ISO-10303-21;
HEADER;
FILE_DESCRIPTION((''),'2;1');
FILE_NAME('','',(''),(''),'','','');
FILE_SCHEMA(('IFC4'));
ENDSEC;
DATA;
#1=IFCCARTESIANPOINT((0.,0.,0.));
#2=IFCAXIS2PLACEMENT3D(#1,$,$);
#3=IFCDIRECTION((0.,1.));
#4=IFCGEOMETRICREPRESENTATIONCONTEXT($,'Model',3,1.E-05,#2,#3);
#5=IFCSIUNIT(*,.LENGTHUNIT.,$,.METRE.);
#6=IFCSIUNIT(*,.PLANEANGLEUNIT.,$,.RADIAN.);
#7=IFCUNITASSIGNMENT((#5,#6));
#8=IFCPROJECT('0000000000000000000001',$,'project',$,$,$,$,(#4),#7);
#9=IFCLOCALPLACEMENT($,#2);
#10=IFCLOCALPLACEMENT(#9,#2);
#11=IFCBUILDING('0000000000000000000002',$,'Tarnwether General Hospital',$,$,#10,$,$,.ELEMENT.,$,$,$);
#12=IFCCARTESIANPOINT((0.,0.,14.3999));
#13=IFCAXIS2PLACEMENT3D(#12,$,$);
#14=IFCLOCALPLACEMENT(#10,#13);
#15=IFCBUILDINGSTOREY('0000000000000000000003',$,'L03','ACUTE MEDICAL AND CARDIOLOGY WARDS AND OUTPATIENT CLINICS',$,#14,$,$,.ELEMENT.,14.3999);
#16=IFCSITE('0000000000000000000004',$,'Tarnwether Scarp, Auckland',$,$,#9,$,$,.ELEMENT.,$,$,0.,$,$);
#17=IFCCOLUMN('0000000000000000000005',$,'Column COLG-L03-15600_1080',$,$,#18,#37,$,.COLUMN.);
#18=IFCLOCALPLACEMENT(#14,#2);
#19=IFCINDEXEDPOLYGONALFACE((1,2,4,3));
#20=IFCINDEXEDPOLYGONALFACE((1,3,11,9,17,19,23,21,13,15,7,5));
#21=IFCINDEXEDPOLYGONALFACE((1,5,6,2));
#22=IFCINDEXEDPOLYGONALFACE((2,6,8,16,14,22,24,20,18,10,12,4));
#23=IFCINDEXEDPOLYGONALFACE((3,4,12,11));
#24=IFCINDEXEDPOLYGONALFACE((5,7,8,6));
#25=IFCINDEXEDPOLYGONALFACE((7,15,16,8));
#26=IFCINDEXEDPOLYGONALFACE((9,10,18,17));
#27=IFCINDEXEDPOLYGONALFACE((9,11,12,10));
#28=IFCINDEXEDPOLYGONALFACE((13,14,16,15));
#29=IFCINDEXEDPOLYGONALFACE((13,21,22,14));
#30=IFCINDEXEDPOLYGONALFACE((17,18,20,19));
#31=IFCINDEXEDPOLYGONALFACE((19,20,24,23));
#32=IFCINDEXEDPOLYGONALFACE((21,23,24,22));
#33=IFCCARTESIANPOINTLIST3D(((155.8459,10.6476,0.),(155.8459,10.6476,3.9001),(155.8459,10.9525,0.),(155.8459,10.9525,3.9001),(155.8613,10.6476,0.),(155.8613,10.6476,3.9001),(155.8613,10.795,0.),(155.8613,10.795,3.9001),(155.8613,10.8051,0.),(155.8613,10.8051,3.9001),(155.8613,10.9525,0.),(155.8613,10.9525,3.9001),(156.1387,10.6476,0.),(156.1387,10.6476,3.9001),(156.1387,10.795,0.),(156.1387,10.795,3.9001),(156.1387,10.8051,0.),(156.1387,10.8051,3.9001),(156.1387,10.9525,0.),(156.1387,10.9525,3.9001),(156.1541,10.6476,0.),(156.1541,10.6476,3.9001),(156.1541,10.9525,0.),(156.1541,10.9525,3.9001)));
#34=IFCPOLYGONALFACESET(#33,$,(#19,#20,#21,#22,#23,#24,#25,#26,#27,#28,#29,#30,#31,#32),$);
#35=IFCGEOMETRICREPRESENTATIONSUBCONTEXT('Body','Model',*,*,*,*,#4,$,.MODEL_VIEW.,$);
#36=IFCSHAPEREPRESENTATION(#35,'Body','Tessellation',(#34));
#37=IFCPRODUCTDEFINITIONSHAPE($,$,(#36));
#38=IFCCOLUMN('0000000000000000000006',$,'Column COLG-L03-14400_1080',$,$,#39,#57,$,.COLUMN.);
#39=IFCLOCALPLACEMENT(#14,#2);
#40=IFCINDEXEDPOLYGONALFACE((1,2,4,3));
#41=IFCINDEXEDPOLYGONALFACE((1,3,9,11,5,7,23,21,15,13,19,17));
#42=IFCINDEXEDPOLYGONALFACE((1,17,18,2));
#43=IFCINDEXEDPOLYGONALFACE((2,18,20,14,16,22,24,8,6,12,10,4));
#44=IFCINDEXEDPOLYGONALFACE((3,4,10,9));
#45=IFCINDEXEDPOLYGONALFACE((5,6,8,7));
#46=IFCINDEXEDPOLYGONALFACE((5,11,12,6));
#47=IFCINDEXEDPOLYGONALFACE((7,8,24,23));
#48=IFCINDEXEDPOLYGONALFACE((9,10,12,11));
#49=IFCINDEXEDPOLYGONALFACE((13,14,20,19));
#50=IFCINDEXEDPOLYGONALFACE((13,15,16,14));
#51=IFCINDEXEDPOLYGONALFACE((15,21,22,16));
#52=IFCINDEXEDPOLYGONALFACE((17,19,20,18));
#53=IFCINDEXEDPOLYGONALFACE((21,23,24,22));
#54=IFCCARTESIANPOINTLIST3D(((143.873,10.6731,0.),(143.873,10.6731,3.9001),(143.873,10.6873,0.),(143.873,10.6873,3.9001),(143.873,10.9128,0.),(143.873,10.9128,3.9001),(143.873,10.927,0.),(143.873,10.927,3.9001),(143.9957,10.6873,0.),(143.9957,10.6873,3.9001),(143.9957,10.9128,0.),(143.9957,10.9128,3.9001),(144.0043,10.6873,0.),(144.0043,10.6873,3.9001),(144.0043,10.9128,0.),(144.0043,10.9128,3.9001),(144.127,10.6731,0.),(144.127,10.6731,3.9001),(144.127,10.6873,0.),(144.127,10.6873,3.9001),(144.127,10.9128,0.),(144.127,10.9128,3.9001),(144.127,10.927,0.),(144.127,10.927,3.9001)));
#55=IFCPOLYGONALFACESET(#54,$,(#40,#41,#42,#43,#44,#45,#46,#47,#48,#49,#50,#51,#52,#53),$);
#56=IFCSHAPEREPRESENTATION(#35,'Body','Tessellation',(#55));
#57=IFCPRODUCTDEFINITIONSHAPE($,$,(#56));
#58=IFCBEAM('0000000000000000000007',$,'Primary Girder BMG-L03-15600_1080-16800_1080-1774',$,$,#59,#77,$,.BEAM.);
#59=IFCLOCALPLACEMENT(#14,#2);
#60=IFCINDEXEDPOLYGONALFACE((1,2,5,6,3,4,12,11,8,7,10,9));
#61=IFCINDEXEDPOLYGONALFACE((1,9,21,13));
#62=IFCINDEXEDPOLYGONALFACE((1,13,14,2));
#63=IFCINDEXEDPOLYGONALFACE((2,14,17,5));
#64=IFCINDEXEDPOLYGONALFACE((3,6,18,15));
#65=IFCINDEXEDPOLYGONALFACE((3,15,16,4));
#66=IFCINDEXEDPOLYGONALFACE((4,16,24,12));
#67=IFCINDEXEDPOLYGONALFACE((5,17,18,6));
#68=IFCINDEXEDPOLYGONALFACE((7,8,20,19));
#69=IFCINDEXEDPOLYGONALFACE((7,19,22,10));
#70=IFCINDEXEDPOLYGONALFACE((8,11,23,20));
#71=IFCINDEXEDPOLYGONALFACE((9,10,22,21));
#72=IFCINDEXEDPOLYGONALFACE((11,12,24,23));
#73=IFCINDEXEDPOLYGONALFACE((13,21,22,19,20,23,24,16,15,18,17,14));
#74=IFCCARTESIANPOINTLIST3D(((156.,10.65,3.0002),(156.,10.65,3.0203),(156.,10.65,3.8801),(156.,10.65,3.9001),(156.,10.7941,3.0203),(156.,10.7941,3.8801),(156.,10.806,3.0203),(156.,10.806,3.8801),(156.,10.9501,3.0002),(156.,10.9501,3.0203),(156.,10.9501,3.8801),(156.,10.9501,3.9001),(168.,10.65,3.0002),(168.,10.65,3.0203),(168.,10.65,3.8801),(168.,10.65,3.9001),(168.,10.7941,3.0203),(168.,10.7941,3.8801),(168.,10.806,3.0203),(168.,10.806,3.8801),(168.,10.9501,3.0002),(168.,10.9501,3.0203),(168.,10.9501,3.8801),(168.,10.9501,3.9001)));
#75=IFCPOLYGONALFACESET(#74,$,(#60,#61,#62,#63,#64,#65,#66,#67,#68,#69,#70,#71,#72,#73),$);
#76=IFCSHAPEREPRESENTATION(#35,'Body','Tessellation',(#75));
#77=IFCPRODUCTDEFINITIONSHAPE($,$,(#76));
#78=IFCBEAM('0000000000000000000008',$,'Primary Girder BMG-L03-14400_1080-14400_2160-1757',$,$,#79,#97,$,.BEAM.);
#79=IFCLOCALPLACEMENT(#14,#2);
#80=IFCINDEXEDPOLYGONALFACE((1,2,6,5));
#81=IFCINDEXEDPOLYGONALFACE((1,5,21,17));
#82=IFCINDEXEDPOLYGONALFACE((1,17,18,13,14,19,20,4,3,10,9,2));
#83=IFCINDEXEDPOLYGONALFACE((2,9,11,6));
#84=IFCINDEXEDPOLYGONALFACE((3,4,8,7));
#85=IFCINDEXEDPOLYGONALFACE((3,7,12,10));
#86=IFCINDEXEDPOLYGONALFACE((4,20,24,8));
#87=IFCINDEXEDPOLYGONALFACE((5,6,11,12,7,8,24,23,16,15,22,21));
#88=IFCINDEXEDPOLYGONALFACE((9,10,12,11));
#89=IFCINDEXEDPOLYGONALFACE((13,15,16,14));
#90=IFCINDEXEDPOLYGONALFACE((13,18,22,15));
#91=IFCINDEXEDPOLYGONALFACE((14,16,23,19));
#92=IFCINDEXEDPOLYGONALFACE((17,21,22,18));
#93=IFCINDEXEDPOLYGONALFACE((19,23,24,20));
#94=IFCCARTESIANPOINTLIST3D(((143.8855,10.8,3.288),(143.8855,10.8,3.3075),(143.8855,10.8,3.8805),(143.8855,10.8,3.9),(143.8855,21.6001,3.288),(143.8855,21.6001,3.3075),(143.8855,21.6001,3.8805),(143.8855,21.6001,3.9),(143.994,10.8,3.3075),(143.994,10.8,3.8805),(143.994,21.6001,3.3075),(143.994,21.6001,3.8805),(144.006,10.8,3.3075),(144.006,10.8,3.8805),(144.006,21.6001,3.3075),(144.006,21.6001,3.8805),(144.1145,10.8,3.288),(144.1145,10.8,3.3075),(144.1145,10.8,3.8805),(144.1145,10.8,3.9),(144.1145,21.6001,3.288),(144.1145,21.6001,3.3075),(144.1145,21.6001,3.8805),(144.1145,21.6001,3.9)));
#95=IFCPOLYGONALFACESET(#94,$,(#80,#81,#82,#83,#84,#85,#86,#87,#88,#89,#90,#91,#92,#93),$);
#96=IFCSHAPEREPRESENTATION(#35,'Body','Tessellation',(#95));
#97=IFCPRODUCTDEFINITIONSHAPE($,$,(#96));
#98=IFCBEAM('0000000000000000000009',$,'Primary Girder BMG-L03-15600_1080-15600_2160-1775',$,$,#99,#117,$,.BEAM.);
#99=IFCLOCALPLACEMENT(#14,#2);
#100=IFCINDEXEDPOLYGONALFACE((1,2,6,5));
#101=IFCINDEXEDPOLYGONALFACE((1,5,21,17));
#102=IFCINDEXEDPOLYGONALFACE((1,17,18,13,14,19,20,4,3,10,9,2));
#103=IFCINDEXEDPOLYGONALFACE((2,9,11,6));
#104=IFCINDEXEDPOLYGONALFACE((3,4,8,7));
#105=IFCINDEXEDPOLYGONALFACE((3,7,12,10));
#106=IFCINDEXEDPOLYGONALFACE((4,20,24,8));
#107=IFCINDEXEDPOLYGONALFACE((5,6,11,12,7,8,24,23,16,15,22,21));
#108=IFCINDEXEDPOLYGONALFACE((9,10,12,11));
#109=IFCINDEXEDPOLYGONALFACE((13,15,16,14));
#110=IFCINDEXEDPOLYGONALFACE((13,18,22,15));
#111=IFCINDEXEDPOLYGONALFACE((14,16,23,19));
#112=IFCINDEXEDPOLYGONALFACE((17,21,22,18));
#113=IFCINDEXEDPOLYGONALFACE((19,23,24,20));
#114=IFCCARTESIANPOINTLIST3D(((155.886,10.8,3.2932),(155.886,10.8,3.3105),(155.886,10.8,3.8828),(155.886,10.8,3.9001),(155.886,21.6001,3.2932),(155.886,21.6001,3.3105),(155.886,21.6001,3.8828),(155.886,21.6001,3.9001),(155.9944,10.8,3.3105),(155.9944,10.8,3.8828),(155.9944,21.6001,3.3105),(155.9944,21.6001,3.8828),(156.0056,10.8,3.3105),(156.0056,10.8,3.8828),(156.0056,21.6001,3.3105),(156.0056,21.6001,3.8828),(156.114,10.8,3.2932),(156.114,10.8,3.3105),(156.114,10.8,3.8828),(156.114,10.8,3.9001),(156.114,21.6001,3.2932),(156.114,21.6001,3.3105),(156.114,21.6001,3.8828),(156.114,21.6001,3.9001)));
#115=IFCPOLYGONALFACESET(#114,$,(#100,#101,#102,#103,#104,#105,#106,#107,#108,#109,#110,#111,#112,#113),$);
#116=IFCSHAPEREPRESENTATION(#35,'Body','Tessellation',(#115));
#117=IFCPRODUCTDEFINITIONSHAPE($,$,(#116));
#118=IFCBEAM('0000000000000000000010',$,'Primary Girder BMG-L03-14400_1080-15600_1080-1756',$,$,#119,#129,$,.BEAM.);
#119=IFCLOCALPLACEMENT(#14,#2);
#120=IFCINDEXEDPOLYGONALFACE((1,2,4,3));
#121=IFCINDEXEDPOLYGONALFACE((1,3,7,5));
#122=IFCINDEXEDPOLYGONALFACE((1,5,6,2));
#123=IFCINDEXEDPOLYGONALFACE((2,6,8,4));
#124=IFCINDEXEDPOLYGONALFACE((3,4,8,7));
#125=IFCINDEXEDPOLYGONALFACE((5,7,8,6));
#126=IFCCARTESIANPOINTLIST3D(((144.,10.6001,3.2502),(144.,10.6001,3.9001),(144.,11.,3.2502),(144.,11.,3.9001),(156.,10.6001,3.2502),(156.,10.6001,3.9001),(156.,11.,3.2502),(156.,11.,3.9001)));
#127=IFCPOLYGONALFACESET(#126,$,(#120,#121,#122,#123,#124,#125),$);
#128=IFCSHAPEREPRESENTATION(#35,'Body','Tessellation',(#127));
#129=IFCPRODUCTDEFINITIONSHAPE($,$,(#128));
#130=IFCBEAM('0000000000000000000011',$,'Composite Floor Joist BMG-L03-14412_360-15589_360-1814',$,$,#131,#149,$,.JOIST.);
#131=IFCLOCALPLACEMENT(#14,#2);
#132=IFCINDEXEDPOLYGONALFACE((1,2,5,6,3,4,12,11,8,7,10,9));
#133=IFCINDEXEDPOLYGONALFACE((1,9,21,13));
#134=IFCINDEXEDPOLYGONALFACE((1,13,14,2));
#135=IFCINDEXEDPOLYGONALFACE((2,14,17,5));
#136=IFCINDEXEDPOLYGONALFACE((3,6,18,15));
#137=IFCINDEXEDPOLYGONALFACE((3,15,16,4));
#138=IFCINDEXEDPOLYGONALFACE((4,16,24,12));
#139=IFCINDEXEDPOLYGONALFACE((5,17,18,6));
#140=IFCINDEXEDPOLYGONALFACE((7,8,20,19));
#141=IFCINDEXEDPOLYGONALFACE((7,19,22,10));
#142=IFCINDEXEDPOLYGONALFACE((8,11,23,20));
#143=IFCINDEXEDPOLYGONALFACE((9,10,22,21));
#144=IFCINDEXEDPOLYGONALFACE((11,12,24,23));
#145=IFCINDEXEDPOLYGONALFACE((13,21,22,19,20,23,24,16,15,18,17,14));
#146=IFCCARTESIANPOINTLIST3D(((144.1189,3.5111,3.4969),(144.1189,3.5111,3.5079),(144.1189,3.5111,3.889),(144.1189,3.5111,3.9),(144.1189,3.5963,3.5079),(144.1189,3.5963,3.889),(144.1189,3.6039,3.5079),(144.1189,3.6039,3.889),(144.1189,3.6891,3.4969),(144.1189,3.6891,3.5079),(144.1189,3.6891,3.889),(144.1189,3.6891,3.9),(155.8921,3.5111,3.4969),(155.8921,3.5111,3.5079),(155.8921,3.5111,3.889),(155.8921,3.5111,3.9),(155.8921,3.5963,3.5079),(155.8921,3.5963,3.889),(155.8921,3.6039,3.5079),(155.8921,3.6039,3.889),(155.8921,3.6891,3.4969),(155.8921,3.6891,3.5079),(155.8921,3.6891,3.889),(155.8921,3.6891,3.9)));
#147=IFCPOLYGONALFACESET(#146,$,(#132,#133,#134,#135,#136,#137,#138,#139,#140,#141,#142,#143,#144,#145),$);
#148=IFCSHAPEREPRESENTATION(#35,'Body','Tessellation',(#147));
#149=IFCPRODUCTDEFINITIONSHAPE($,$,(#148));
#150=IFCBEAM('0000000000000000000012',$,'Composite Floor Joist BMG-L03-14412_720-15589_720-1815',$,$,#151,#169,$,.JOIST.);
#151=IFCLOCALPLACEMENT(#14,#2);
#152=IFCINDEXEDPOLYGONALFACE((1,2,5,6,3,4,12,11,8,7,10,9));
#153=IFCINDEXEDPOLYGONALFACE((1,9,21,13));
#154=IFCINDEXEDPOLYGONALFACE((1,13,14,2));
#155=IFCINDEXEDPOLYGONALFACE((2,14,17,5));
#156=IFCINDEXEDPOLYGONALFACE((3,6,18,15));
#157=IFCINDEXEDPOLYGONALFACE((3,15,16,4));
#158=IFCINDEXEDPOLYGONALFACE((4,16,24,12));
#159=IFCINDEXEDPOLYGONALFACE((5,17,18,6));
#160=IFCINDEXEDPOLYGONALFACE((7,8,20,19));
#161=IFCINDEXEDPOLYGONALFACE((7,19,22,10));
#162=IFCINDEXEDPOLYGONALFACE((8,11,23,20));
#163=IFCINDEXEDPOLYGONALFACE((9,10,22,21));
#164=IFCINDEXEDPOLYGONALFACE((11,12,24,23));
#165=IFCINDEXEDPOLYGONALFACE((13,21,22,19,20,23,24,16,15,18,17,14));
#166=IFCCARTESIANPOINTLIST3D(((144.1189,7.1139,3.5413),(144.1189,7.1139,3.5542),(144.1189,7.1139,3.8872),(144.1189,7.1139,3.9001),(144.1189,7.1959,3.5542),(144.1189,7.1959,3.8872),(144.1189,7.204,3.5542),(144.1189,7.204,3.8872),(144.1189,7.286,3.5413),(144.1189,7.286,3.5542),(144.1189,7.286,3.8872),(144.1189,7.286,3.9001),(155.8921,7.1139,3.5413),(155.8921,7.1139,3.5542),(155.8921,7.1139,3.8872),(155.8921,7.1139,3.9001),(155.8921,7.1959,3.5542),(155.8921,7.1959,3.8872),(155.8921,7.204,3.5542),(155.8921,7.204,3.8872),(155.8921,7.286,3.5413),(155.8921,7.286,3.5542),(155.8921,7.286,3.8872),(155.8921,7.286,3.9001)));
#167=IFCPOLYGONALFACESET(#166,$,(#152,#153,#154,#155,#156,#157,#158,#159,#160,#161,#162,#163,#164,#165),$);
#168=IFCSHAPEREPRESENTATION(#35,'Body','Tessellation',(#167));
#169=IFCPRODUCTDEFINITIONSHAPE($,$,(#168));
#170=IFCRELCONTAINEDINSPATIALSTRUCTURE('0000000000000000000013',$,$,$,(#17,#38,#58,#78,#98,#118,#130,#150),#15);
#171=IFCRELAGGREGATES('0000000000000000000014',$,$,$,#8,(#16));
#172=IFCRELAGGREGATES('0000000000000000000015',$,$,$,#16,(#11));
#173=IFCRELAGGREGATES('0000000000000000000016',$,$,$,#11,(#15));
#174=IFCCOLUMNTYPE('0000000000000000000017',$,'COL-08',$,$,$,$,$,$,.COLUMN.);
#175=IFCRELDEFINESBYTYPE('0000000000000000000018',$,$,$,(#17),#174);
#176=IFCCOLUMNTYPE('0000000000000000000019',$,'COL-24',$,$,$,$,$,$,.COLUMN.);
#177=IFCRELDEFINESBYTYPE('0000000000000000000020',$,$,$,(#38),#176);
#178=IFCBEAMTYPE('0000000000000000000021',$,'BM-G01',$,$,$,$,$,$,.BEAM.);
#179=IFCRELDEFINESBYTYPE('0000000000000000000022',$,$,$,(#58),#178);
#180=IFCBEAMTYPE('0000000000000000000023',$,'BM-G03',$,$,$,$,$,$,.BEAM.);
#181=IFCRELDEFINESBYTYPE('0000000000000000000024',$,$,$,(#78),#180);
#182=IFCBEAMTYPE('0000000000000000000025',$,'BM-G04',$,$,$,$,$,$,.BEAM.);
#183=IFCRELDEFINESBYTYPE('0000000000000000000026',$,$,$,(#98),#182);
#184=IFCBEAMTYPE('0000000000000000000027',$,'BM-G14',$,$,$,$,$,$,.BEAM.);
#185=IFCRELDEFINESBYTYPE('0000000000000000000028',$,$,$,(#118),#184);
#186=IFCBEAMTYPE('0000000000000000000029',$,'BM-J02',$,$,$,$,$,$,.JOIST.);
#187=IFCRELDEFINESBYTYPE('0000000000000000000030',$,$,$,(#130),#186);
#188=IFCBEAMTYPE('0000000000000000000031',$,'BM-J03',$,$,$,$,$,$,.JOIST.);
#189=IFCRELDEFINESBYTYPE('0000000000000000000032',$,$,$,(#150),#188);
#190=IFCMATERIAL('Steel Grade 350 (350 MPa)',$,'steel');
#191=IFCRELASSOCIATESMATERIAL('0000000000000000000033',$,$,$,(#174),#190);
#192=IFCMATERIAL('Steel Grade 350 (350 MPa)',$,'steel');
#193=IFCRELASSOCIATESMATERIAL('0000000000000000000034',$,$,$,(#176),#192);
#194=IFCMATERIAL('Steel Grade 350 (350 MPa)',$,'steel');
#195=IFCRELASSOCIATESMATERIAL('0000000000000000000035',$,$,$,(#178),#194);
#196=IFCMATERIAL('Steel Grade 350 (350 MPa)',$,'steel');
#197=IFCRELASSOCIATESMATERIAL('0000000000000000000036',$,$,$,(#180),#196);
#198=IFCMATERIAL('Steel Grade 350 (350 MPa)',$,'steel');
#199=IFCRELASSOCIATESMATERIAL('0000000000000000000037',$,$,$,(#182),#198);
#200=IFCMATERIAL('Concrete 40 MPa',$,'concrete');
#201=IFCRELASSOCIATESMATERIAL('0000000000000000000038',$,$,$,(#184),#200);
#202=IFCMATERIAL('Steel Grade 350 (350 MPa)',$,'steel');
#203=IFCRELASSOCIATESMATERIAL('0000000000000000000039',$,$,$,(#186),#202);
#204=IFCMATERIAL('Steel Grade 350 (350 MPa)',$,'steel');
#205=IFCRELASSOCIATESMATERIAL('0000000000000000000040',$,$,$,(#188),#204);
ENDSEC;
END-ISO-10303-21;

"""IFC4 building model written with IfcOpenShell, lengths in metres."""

from ifc_helpers import new_model, si_unit, direction, frame, origin, origin_2d, place, context, subcontext, project, spatial, rectangle, i_section, extrude, material, material_profile, profile_set, type_object, element, save


model = new_model("IFC4")

# Units and contexts
model_context = context("Model", 3, precision=1e-05, world=origin(), true_north=direction((0.0, 1.0)))
body_context = subcontext(model_context, "Body", "Model", "MODEL_VIEW")
ifc_project = project(units=[si_unit("LENGTHUNIT", "METRE"), si_unit("PLANEANGLEUNIT", "RADIAN")], contexts=[model_context])

# Site, building, storey
site_placement = place(None, origin())
site = spatial("IfcSite", under=ifc_project, at=site_placement, Name="Tarnwether Scarp, Auckland", CompositionType="ELEMENT", RefElevation=0.0)
building_placement = place(site_placement, origin())
building = spatial("IfcBuilding", under=site, at=building_placement, Name="Tarnwether General Hospital", CompositionType="ELEMENT")
storey_placement = place(building_placement, frame((0.0, 0.0, 14.3999)))
storey = spatial("IfcBuildingStorey", under=building, at=storey_placement, Name="L03", Description="ACUTE MEDICAL AND CARDIOLOGY WARDS AND OUTPATIENT CLINICS", CompositionType="ELEMENT", Elevation=14.3999)

# Columns
ifc_material_1 = material(Name="Steel Grade 350 (350 MPa)", Category="steel")
ifc_material_profile_1 = material_profile(ifc_material_1, i_section(OverallWidth=0.3049, OverallDepth=0.3081, WebThickness=0.01, FlangeThickness=0.0154, at=origin_2d()), Name="310UC96.8")
ifc_profile_set_1 = profile_set([ifc_material_profile_1], Name="Steel Grade 350 (350 MPa)")
column_type_1 = type_object("IfcColumnType", Name="COL-08", PredefinedType="COLUMN", material=ifc_profile_set_1)
column_1_placement = place(storey_placement, frame((156.0, 10.8, 0.0), z_axis=(0.0, 0.0, 1.0), x_axis=(0.0, 1.0, 0.0)))
element("IfcColumn", 1, at=column_1_placement, inside=storey, type_object=column_type_1, Name="Column COLG-L03-15600_1080", PredefinedType="COLUMN", context=body_context, shape_type="SweptSolid", body=[
    extrude(i_section(OverallWidth=0.3049, OverallDepth=0.3081, WebThickness=0.01, FlangeThickness=0.0154, at=origin_2d()), origin(), (0.0, 0.0, 1.0), 3.9001),
])
ifc_material_2 = material(Name="Steel Grade 350 (350 MPa)", Category="steel")
ifc_material_profile_2 = material_profile(ifc_material_2, i_section(OverallWidth=0.2539, OverallDepth=0.2539, WebThickness=0.0085, FlangeThickness=0.0142, at=origin_2d()), Name="250UC72.9")
ifc_profile_set_2 = profile_set([ifc_material_profile_2], Name="Steel Grade 350 (350 MPa)")
column_type_2 = type_object("IfcColumnType", Name="COL-24", PredefinedType="COLUMN", material=ifc_profile_set_2)
column_2_placement = place(storey_placement, frame((144.0, 10.8, 0.0), z_axis=(0.0, 0.0, 1.0), x_axis=(1.0, 0.0, 0.0)))
element("IfcColumn", 2, at=column_2_placement, inside=storey, type_object=column_type_2, Name="Column COLG-L03-14400_1080", PredefinedType="COLUMN", context=body_context, shape_type="SweptSolid", body=[
    extrude(i_section(OverallWidth=0.2539, OverallDepth=0.2539, WebThickness=0.0085, FlangeThickness=0.0142, at=origin_2d()), origin(), (0.0, 0.0, 1.0), 3.9001),
])

# Beams
ifc_material_3 = material(Name="Steel Grade 350 (350 MPa)", Category="steel")
ifc_material_profile_3 = material_profile(ifc_material_3, i_section(OverallWidth=0.3, OverallDepth=0.8999, WebThickness=0.012, FlangeThickness=0.02, at=origin_2d()), Name="900WB175")
ifc_profile_set_3 = profile_set([ifc_material_profile_3], Name="Steel Grade 350 (350 MPa)")
beam_type_1 = type_object("IfcBeamType", Name="BM-G01", PredefinedType="BEAM", material=ifc_profile_set_3)
beam_1_placement = place(storey_placement, frame((156.0, 10.8, 3.4502), z_axis=(1.0, 0.0, 0.0), x_axis=(0.0, 1.0, 0.0)))
element("IfcBeam", 3, at=beam_1_placement, inside=storey, type_object=beam_type_1, Name="Primary Girder BMG-L03-15600_1080-16800_1080-1774", PredefinedType="BEAM", context=body_context, shape_type="SweptSolid", body=[
    extrude(i_section(OverallWidth=0.3, OverallDepth=0.8999, WebThickness=0.012, FlangeThickness=0.02, at=origin_2d()), origin(), (0.0, 0.0, 1.0), 12.0),
])
ifc_material_4 = material(Name="Steel Grade 350 (350 MPa)", Category="steel")
ifc_material_profile_4 = material_profile(ifc_material_4, i_section(OverallWidth=0.229, OverallDepth=0.6121, WebThickness=0.012, FlangeThickness=0.0195, at=origin_2d()), Name="610UB125")
ifc_profile_set_4 = profile_set([ifc_material_profile_4], Name="Steel Grade 350 (350 MPa)")
beam_type_2 = type_object("IfcBeamType", Name="BM-G03", PredefinedType="BEAM", material=ifc_profile_set_4)
beam_2_placement = place(storey_placement, frame((144.0, 10.8, 3.594), z_axis=(0.0, 1.0, 0.0), x_axis=(-1.0, 0.0, 0.0)))
element("IfcBeam", 4, at=beam_2_placement, inside=storey, type_object=beam_type_2, Name="Primary Girder BMG-L03-14400_1080-14400_2160-1757", PredefinedType="BEAM", context=body_context, shape_type="SweptSolid", body=[
    extrude(i_section(OverallWidth=0.229, OverallDepth=0.6121, WebThickness=0.012, FlangeThickness=0.0195, at=origin_2d()), origin(), (0.0, 0.0, 1.0), 10.8),
])
ifc_material_5 = material(Name="Steel Grade 350 (350 MPa)", Category="steel")
ifc_material_profile_5 = material_profile(ifc_material_5, i_section(OverallWidth=0.228, OverallDepth=0.6069, WebThickness=0.0112, FlangeThickness=0.0173, at=origin_2d()), Name="610UB113")
ifc_profile_set_5 = profile_set([ifc_material_profile_5], Name="Steel Grade 350 (350 MPa)")
beam_type_3 = type_object("IfcBeamType", Name="BM-G04", PredefinedType="BEAM", material=ifc_profile_set_5)
beam_3_placement = place(storey_placement, frame((156.0, 10.8, 3.5967), z_axis=(0.0, 1.0, 0.0), x_axis=(-1.0, 0.0, 0.0)))
element("IfcBeam", 5, at=beam_3_placement, inside=storey, type_object=beam_type_3, Name="Primary Girder BMG-L03-15600_1080-15600_2160-1775", PredefinedType="BEAM", context=body_context, shape_type="SweptSolid", body=[
    extrude(i_section(OverallWidth=0.228, OverallDepth=0.6069, WebThickness=0.0112, FlangeThickness=0.0173, at=origin_2d()), origin(), (0.0, 0.0, 1.0), 10.8),
])
ifc_material_6 = material(Name="Concrete 40 MPa", Category="concrete")
ifc_material_profile_6 = material_profile(ifc_material_6, rectangle(XDim=0.3999, YDim=0.6499, at=origin_2d()), Name="RC-BM-400x650")
ifc_profile_set_6 = profile_set([ifc_material_profile_6], Name="Concrete 40 MPa")
beam_type_4 = type_object("IfcBeamType", Name="BM-G14", PredefinedType="BEAM", material=ifc_profile_set_6)
beam_4_placement = place(storey_placement, frame((144.0, 10.8, 3.5752), z_axis=(1.0, 0.0, 0.0), x_axis=(0.0, 1.0, 0.0)))
element("IfcBeam", 6, at=beam_4_placement, inside=storey, type_object=beam_type_4, Name="Primary Girder BMG-L03-14400_1080-15600_1080-1756", PredefinedType="BEAM", context=body_context, shape_type="SweptSolid", body=[
    extrude(rectangle(XDim=0.3999, YDim=0.6499, at=origin_2d()), origin(), (0.0, 0.0, 1.0), 12.0),
])
ifc_material_7 = material(Name="Steel Grade 350 (350 MPa)", Category="steel")
ifc_material_profile_7 = material_profile(ifc_material_7, i_section(OverallWidth=0.178, OverallDepth=0.4031, WebThickness=0.0076, FlangeThickness=0.011, at=origin_2d()), Name="410UB53.7")
ifc_profile_set_7 = profile_set([ifc_material_profile_7], Name="Steel Grade 350 (350 MPa)")
beam_type_5 = type_object("IfcBeamType", Name="BM-J02", PredefinedType="JOIST", material=ifc_profile_set_7)
beam_5_placement = place(storey_placement, frame((144.1189, 3.6001, 3.6985), z_axis=(1.0, 0.0, 0.0), x_axis=(0.0, 1.0, 0.0)))
element("IfcBeam", 7, at=beam_5_placement, inside=storey, type_object=beam_type_5, Name="Composite Floor Joist BMG-L03-14412_360-15589_360-1814", PredefinedType="JOIST", context=body_context, shape_type="SweptSolid", body=[
    extrude(i_section(OverallWidth=0.178, OverallDepth=0.4031, WebThickness=0.0076, FlangeThickness=0.011, at=origin_2d()), origin(), (0.0, 0.0, 1.0), 11.7732),
])
ifc_material_8 = material(Name="Steel Grade 350 (350 MPa)", Category="steel")
ifc_material_profile_8 = material_profile(ifc_material_8, i_section(OverallWidth=0.1721, OverallDepth=0.3589, WebThickness=0.0081, FlangeThickness=0.0129, at=origin_2d()), Name="360UB56.7")
ifc_profile_set_8 = profile_set([ifc_material_profile_8], Name="Steel Grade 350 (350 MPa)")
beam_type_6 = type_object("IfcBeamType", Name="BM-J03", PredefinedType="JOIST", material=ifc_profile_set_8)
beam_6_placement = place(storey_placement, frame((144.1189, 7.2, 3.7207), z_axis=(1.0, 0.0, 0.0), x_axis=(0.0, 1.0, 0.0)))
element("IfcBeam", 8, at=beam_6_placement, inside=storey, type_object=beam_type_6, Name="Composite Floor Joist BMG-L03-14412_720-15589_720-1815", PredefinedType="JOIST", context=body_context, shape_type="SweptSolid", body=[
    extrude(i_section(OverallWidth=0.1721, OverallDepth=0.3589, WebThickness=0.0081, FlangeThickness=0.0129, at=origin_2d()), origin(), (0.0, 0.0, 1.0), 11.7732),
])

save(model, "model.ifc")
